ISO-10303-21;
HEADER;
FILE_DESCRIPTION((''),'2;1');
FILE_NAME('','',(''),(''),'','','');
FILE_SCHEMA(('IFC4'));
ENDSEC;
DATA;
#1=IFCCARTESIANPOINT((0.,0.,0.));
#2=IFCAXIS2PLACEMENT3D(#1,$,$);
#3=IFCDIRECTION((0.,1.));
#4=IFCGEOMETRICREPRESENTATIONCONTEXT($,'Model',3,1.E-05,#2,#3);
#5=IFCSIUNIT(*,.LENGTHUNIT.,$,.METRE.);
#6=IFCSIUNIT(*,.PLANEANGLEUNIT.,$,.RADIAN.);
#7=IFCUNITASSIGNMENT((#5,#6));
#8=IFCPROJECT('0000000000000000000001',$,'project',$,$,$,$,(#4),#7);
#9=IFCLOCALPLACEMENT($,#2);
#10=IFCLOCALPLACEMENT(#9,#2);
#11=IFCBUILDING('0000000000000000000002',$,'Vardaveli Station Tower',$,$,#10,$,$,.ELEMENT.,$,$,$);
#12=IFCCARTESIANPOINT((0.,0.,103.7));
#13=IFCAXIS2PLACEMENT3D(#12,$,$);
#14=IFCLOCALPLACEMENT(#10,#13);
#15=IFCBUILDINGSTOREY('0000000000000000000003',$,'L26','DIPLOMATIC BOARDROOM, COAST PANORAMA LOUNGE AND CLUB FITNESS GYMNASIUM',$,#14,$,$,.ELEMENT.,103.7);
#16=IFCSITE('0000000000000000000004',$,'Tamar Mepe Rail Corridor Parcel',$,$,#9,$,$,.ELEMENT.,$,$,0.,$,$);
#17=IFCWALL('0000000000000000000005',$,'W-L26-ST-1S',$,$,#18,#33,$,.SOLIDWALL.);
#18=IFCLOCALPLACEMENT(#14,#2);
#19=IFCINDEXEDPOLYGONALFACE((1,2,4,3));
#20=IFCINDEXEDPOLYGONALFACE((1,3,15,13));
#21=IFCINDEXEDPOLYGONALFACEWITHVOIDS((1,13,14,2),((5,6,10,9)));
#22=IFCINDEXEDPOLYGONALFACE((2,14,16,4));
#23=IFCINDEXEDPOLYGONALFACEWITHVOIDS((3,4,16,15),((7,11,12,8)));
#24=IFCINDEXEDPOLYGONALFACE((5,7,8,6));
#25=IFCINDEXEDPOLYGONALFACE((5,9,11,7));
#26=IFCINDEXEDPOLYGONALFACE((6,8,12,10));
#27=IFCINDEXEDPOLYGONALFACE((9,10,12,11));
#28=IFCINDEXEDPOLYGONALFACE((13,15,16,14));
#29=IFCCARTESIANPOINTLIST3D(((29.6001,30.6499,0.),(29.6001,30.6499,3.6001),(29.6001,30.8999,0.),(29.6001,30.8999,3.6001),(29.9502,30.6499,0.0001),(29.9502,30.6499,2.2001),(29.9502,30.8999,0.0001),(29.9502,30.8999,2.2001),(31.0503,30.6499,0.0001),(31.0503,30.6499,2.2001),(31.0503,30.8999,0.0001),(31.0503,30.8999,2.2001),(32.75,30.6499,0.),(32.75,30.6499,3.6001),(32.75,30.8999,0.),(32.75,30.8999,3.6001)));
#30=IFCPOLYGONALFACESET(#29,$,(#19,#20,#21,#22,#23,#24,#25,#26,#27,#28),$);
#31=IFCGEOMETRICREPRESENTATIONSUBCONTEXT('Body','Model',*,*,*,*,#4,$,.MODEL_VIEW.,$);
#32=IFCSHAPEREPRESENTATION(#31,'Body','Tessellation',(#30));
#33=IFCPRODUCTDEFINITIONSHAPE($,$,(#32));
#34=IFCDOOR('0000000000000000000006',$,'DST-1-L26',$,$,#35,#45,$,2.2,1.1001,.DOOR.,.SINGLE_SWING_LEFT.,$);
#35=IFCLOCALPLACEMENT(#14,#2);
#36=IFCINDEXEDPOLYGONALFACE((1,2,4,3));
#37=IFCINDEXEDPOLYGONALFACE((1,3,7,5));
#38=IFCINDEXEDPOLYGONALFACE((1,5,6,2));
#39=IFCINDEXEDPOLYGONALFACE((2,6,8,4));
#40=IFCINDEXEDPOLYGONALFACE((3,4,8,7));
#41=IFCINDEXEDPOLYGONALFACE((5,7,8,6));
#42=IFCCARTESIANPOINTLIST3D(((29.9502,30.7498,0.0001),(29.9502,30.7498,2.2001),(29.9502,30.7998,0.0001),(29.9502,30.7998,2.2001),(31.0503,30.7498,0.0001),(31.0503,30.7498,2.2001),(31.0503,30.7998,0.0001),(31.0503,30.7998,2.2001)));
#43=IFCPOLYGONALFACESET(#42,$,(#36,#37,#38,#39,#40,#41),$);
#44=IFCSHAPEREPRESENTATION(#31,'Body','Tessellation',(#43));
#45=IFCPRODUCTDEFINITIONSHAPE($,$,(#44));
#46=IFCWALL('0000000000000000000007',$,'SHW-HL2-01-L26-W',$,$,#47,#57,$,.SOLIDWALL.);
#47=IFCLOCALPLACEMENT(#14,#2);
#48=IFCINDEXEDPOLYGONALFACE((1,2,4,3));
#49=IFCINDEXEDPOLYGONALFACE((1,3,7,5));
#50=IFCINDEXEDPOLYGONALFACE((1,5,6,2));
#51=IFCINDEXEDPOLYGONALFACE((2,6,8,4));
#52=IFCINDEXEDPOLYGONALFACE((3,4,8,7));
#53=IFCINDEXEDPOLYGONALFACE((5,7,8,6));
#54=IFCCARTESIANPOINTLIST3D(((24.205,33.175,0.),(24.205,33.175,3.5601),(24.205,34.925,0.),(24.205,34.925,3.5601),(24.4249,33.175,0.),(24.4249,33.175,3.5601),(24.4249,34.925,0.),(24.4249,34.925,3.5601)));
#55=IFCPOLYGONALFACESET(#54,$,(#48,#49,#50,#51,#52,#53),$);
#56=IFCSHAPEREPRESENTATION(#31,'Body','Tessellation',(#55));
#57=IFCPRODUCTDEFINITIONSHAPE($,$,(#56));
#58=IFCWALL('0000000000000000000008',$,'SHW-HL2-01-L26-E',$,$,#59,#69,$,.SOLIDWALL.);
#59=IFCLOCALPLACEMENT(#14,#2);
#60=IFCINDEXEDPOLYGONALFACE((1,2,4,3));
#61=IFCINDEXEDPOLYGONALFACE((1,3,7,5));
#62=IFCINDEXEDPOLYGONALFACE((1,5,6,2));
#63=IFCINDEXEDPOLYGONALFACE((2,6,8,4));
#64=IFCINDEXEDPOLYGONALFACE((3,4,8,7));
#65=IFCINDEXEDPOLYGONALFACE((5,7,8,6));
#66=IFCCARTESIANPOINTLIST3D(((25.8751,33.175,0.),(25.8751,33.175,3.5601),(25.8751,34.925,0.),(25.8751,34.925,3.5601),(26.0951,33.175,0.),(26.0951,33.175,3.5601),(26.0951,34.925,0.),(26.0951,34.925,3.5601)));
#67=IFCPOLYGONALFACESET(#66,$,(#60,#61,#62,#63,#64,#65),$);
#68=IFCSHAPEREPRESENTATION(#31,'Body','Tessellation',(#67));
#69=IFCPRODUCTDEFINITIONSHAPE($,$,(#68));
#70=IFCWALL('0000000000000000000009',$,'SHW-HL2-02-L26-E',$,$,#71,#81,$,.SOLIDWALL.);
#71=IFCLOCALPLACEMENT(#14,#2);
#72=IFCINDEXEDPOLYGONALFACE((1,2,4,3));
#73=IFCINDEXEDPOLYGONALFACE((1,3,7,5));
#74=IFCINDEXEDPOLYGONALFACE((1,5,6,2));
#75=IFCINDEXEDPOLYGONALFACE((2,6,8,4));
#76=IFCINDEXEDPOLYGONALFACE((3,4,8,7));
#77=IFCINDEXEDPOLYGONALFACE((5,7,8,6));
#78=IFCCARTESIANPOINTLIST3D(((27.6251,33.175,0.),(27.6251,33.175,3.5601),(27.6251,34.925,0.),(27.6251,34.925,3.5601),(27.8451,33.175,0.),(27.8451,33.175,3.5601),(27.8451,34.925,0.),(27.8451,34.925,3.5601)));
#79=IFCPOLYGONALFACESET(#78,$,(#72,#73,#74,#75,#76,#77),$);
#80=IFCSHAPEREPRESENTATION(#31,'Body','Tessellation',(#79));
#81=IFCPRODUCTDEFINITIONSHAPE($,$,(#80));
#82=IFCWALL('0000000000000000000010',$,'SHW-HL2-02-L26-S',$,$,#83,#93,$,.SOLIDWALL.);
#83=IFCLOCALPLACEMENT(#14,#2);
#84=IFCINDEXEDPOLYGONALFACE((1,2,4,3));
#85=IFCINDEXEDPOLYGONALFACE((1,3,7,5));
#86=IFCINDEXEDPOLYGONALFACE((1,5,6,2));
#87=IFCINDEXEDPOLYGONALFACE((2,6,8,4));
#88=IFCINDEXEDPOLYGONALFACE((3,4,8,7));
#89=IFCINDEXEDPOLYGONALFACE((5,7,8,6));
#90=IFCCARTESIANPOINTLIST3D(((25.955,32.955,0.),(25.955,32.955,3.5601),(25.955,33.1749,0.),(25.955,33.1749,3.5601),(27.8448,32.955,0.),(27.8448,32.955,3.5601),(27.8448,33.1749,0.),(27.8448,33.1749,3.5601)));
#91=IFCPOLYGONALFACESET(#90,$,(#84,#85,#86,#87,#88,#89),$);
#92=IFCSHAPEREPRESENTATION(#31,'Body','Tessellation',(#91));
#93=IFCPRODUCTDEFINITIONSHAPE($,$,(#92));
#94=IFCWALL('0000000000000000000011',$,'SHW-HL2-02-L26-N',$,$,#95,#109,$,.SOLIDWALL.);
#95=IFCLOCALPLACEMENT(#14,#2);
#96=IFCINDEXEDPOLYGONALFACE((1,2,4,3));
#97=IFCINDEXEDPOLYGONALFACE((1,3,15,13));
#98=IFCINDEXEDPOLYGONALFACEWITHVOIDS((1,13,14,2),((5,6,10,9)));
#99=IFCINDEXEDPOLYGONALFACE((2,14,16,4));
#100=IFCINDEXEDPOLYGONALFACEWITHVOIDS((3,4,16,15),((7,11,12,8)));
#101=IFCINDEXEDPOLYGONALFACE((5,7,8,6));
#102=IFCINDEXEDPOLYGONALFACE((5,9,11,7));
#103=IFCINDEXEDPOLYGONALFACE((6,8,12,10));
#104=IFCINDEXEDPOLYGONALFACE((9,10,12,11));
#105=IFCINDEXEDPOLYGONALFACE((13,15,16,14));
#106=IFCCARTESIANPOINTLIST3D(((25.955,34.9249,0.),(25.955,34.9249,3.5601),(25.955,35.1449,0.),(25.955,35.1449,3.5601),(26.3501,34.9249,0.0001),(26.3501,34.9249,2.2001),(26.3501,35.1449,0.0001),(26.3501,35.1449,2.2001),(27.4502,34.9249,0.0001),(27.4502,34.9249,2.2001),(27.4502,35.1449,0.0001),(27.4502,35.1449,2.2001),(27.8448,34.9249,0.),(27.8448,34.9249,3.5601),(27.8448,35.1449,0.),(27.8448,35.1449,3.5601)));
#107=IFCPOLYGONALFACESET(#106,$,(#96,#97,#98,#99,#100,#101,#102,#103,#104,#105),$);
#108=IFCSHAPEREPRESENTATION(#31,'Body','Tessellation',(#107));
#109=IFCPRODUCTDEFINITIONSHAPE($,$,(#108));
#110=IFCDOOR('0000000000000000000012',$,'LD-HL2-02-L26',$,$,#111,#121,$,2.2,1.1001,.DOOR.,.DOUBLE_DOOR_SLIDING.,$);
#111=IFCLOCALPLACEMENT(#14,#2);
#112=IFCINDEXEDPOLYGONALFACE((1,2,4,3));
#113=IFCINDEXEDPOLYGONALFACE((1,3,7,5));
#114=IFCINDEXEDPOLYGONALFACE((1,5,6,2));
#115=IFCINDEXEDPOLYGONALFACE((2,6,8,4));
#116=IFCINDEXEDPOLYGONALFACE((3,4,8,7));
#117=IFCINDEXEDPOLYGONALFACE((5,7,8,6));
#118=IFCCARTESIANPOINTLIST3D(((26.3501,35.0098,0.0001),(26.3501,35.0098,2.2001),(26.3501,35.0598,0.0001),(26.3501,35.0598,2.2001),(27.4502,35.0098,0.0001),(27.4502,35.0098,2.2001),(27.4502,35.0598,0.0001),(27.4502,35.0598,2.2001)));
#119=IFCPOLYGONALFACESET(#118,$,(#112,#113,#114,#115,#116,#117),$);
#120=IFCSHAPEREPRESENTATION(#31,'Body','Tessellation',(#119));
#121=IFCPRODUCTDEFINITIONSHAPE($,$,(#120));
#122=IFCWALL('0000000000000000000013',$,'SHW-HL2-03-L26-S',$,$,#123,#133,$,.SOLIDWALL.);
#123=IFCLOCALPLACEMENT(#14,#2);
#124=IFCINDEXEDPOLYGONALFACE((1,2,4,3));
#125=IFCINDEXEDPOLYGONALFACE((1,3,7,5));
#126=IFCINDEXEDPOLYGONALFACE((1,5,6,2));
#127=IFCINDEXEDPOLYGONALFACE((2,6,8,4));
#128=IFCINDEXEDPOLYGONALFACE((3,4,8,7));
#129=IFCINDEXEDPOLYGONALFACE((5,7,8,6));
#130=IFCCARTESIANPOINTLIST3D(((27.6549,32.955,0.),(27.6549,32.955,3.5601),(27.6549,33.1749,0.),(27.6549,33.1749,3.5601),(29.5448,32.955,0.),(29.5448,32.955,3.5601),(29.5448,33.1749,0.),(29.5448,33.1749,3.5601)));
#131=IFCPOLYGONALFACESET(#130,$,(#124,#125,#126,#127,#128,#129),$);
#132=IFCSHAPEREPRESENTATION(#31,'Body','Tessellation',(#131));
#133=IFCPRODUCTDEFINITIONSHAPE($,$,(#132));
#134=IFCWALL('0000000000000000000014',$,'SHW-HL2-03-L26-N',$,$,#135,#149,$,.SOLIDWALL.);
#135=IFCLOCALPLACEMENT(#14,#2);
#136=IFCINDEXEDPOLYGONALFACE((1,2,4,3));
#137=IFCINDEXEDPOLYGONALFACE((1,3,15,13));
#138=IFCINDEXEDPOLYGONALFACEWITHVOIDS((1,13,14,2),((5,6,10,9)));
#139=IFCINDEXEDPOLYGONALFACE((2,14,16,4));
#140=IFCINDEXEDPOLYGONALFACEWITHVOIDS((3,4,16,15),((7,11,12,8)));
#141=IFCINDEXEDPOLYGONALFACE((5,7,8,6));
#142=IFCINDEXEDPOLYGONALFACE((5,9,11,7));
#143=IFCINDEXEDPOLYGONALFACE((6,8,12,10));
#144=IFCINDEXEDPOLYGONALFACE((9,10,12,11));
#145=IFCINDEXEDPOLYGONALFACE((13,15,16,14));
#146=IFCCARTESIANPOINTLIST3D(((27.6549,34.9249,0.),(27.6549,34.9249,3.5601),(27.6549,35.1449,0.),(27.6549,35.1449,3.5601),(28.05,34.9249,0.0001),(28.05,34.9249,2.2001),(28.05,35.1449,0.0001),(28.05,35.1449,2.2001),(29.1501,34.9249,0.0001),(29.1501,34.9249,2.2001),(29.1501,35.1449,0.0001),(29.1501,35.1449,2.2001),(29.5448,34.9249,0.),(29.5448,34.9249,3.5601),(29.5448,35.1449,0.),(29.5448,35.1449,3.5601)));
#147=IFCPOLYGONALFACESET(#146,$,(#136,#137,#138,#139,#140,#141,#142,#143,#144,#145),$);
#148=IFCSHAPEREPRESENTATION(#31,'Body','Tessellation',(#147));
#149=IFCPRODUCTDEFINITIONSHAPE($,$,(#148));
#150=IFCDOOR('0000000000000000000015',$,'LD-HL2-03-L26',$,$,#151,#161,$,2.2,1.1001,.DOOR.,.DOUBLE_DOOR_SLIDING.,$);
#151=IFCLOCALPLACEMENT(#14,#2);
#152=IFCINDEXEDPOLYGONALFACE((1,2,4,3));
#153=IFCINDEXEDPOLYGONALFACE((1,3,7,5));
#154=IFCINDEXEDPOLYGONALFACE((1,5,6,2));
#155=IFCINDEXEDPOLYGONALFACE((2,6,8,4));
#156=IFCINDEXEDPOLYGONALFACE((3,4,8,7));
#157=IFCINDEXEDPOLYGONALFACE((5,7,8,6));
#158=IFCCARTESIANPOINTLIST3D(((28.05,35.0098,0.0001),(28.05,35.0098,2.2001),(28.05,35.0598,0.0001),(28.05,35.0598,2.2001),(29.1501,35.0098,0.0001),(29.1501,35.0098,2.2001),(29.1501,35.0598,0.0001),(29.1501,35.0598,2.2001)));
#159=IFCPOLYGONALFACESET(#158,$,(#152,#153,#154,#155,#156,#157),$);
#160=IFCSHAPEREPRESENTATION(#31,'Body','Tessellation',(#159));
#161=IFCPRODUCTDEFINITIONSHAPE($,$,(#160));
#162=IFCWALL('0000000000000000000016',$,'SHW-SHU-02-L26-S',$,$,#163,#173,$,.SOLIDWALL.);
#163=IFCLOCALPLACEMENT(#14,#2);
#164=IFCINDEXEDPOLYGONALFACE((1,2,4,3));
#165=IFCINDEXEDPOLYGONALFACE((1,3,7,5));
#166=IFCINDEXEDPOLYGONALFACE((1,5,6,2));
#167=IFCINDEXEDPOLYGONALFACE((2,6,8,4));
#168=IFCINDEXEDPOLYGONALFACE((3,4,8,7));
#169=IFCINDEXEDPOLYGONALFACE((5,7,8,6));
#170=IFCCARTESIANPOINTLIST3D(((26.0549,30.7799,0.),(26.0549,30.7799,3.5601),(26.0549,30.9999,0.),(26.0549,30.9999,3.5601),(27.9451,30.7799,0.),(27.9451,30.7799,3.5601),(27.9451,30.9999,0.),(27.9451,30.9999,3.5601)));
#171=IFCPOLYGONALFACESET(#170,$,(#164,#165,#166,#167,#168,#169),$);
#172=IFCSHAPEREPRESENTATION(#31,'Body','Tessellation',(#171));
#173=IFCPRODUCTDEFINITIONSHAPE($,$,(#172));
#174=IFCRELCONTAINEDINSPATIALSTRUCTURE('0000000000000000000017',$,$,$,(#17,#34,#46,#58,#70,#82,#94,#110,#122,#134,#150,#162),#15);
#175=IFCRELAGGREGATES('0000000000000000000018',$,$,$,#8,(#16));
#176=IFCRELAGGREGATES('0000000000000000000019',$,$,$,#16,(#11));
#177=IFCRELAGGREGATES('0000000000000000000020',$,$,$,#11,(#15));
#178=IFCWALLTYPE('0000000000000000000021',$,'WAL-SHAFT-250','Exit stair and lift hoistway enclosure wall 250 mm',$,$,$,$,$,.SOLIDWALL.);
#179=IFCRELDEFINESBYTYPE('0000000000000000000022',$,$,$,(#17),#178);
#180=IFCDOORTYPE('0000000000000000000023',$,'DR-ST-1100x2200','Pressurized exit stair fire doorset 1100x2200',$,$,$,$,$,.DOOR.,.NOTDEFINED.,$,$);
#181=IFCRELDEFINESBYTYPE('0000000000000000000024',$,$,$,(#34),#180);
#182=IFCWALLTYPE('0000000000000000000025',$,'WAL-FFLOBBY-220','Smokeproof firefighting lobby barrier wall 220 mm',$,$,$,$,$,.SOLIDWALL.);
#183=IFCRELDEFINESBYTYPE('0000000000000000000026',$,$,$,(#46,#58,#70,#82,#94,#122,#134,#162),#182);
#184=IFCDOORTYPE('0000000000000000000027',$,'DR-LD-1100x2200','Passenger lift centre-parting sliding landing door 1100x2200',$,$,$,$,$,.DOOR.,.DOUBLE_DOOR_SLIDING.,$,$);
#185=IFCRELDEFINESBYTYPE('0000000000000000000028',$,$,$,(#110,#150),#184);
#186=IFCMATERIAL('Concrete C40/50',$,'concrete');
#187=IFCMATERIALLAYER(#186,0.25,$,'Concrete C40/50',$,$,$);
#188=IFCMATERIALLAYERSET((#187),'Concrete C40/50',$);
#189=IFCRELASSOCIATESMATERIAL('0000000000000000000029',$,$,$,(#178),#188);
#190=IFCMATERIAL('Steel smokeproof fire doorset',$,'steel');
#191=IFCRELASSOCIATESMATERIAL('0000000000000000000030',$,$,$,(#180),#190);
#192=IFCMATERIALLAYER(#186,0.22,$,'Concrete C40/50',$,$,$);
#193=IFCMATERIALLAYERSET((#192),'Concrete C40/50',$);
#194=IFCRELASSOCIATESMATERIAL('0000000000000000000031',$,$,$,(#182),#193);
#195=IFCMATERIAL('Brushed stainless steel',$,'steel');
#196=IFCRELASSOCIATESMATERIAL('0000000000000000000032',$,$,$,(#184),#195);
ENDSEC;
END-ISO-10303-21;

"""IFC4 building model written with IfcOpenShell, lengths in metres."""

from ifc_helpers import new_model, si_unit, direction, frame, frame_2d, origin, place, context, subcontext, project, spatial, rectangle, extrude, source, transform, mapped, material, layer, layer_set, type_object, element, fill, save


model = new_model("IFC4")

# Units and contexts
model_context = context("Model", 3, precision=1e-05, world=origin(), true_north=direction((0.0, 1.0)))
body_context = subcontext(model_context, "Body", "Model", "MODEL_VIEW")
ifc_project = project(units=[si_unit("LENGTHUNIT", "METRE"), si_unit("PLANEANGLEUNIT", "RADIAN")], contexts=[model_context])

# Site, building, storey
site_placement = place(None, origin())
site = spatial("IfcSite", under=ifc_project, at=site_placement, Name="Tamar Mepe Rail Corridor Parcel", CompositionType="ELEMENT", RefElevation=0.0)
building_placement = place(site_placement, origin())
building = spatial("IfcBuilding", under=site, at=building_placement, Name="Vardaveli Station Tower", CompositionType="ELEMENT")
storey_placement = place(building_placement, frame((0.0, 0.0, 103.7)))
storey = spatial("IfcBuildingStorey", under=building, at=storey_placement, Name="L26", Description="DIPLOMATIC BOARDROOM, COAST PANORAMA LOUNGE AND CLUB FITNESS GYMNASIUM", CompositionType="ELEMENT", Elevation=103.7)

# Shared definitions
ifc_material_1 = material(Name="Concrete C40/50", Category="concrete")
ifc_layer_1 = layer(ifc_material_1, 0.25, Name="Concrete C40/50")
ifc_layer_set_1 = layer_set([ifc_layer_1], Name="Concrete C40/50")
wall_type_1 = type_object("IfcWallType", Name="WAL-SHAFT-250", Description="Exit stair and lift hoistway enclosure wall 250 mm", PredefinedType="SOLIDWALL", material=ifc_layer_set_1)

# Wall, opening, door
shared_shape_1 = source(origin(), body_context, "Body", "SweptSolid", [
    extrude(rectangle(XDim=3.1499, YDim=0.25, at=frame_2d((1.575, 0.0))), origin(), (0.0, 0.0, 1.0), 3.6001),
])
wall_1_placement = place(storey_placement, frame((29.6001, 30.7749, 0.0), z_axis=(0.0, 0.0, 1.0), x_axis=(1.0, 0.0, 0.0)))
wall_1 = element("IfcWall", 1, at=wall_1_placement, inside=storey, type_object=wall_type_1, Name="W-L26-ST-1S", PredefinedType="SOLIDWALL", context=body_context, shape_type="MappedRepresentation", body=[
    mapped(shared_shape_1, transform((0.0, 0.0, 0.0), scale=1.0)),
])
shared_shape_2 = source(origin(), body_context, "Body", "SweptSolid", [
    extrude(rectangle(XDim=1.1001, YDim=2.2, at=frame_2d((0.55, 1.1001))), frame((0.0, 0.135, 0.0), z_axis=(0.0, -1.0, 0.0), x_axis=(1.0, 0.0, 0.0)), (0.0, 0.0, 1.0), 0.27),
])
opening_1_placement = place(wall_1_placement, frame((0.3501, 0.0, 0.0)))
opening_1 = element("IfcOpeningElement", 2, at=opening_1_placement, cuts=wall_1, PredefinedType="OPENING", context=body_context, shape_type="MappedRepresentation", body=[
    mapped(shared_shape_2, transform((0.0, 0.0, 0.0), scale=1.0)),
])
ifc_material_2 = material(Name="Steel smokeproof fire doorset", Category="steel")
door_type_1 = type_object("IfcDoorType", Name="DR-ST-1100x2200", Description="Pressurized exit stair fire doorset 1100x2200", OperationType="NOTDEFINED", PredefinedType="DOOR", material=ifc_material_2)
shared_shape_3 = source(origin(), body_context, "Body", "SweptSolid", [
    extrude(rectangle(XDim=1.1001, YDim=2.2, at=frame_2d((0.55, 1.1001))), frame((0.0, 0.0249, 0.0), z_axis=(0.0, -1.0, 0.0), x_axis=(1.0, 0.0, 0.0)), (0.0, 0.0, 1.0), 0.05),
])
door_1_placement = place(opening_1_placement, origin())
door_1 = element("IfcDoor", 3, at=door_1_placement, inside=storey, type_object=door_type_1, Name="DST-1-L26", OperationType="SINGLE_SWING_LEFT", OverallHeight=2.2, OverallWidth=1.1001, PredefinedType="DOOR", context=body_context, shape_type="MappedRepresentation", body=[
    mapped(shared_shape_3, transform((0.0, 0.0, 0.0), scale=1.0)),
])
fill(opening_1, door_1)

# Walls
ifc_layer_2 = layer(ifc_material_1, 0.22, Name="Concrete C40/50")
ifc_layer_set_2 = layer_set([ifc_layer_2], Name="Concrete C40/50")
wall_type_2 = type_object("IfcWallType", Name="WAL-FFLOBBY-220", Description="Smokeproof firefighting lobby barrier wall 220 mm", PredefinedType="SOLIDWALL", material=ifc_layer_set_2)
shared_shape_4 = source(origin(), body_context, "Body", "SweptSolid", [
    extrude(rectangle(XDim=1.75, YDim=0.22, at=frame_2d((0.875, 0.0))), origin(), (0.0, 0.0, 1.0), 3.5601),
])
for number, where, z_axis, x_axis, name in (
    (4, (24.3149, 33.175, 0.0), (0.0, 0.0, 1.0), (0.0, 1.0, 0.0), "SHW-HL2-01-L26-W"),
    (5, (25.9851, 33.175, 0.0), (0.0, 0.0, 1.0), (0.0, 1.0, 0.0), "SHW-HL2-01-L26-E"),
    (6, (27.7351, 33.175, 0.0), (0.0, 0.0, 1.0), (0.0, 1.0, 0.0), "SHW-HL2-02-L26-E"),
):
    element("IfcWall", number, at=place(storey_placement, frame(where, z_axis=z_axis, x_axis=x_axis)), inside=storey, type_object=wall_type_2, Name=name, PredefinedType="SOLIDWALL", context=body_context, shape_type="MappedRepresentation", body=[
        mapped(shared_shape_4, transform((0.0, 0.0, 0.0), scale=1.0)),
    ])
shared_shape_5 = source(origin(), body_context, "Body", "SweptSolid", [
    extrude(rectangle(XDim=1.8899, YDim=0.22, at=frame_2d((0.9448, 0.0))), origin(), (0.0, 0.0, 1.0), 3.5601),
])
wall_2_placement = place(storey_placement, frame((25.9551, 33.0649, 0.0), z_axis=(0.0, 0.0, 1.0), x_axis=(1.0, 0.0, 0.0)))
element("IfcWall", 7, at=wall_2_placement, inside=storey, type_object=wall_type_2, Name="SHW-HL2-02-L26-S", PredefinedType="SOLIDWALL", context=body_context, shape_type="MappedRepresentation", body=[
    mapped(shared_shape_5, transform((0.0, 0.0, 0.0), scale=1.0)),
])

# Wall, opening, door
wall_3_placement = place(storey_placement, frame((25.9551, 35.0349, 0.0), z_axis=(0.0, 0.0, 1.0), x_axis=(1.0, 0.0, 0.0)))
wall_3 = element("IfcWall", 8, at=wall_3_placement, inside=storey, type_object=wall_type_2, Name="SHW-HL2-02-L26-N", PredefinedType="SOLIDWALL", context=body_context, shape_type="MappedRepresentation", body=[
    mapped(shared_shape_5, transform((0.0, 0.0, 0.0), scale=1.0)),
])
shared_shape_6 = source(origin(), body_context, "Body", "SweptSolid", [
    extrude(rectangle(XDim=1.1001, YDim=2.2, at=frame_2d((0.55, 1.1001))), frame((0.0, 0.1201, 0.0), z_axis=(0.0, -1.0, 0.0), x_axis=(1.0, 0.0, 0.0)), (0.0, 0.0, 1.0), 0.24),
])
opening_2_placement = place(wall_3_placement, frame((0.395, 0.0, 0.0)))
opening_2 = element("IfcOpeningElement", 9, at=opening_2_placement, cuts=wall_3, PredefinedType="OPENING", context=body_context, shape_type="MappedRepresentation", body=[
    mapped(shared_shape_6, transform((0.0, 0.0, 0.0), scale=1.0)),
])
ifc_material_3 = material(Name="Brushed stainless steel", Category="steel")
door_type_2 = type_object("IfcDoorType", Name="DR-LD-1100x2200", Description="Passenger lift centre-parting sliding landing door 1100x2200", OperationType="DOUBLE_DOOR_SLIDING", PredefinedType="DOOR", material=ifc_material_3)
door_2_placement = place(opening_2_placement, origin())
door_2 = element("IfcDoor", 10, at=door_2_placement, inside=storey, type_object=door_type_2, Name="LD-HL2-02-L26", OperationType="DOUBLE_DOOR_SLIDING", OverallHeight=2.2, OverallWidth=1.1001, PredefinedType="DOOR", context=body_context, shape_type="MappedRepresentation", body=[
    mapped(shared_shape_3, transform((0.0, 0.0, 0.0), scale=1.0)),
])
fill(opening_2, door_2)

# Wall
wall_4_placement = place(storey_placement, frame((27.655, 33.0649, 0.0), z_axis=(0.0, 0.0, 1.0), x_axis=(1.0, 0.0, 0.0)))
element("IfcWall", 11, at=wall_4_placement, inside=storey, type_object=wall_type_2, Name="SHW-HL2-03-L26-S", PredefinedType="SOLIDWALL", context=body_context, shape_type="MappedRepresentation", body=[
    mapped(shared_shape_5, transform((0.0, 0.0, 0.0), scale=1.0)),
])

# Wall, opening, door
wall_5_placement = place(storey_placement, frame((27.655, 35.0349, 0.0), z_axis=(0.0, 0.0, 1.0), x_axis=(1.0, 0.0, 0.0)))
wall_5 = element("IfcWall", 12, at=wall_5_placement, inside=storey, type_object=wall_type_2, Name="SHW-HL2-03-L26-N", PredefinedType="SOLIDWALL", context=body_context, shape_type="MappedRepresentation", body=[
    mapped(shared_shape_5, transform((0.0, 0.0, 0.0), scale=1.0)),
])
opening_3_placement = place(wall_5_placement, frame((0.395, 0.0, 0.0)))
opening_3 = element("IfcOpeningElement", 13, at=opening_3_placement, cuts=wall_5, PredefinedType="OPENING", context=body_context, shape_type="MappedRepresentation", body=[
    mapped(shared_shape_6, transform((0.0, 0.0, 0.0), scale=1.0)),
])
door_3_placement = place(opening_3_placement, origin())
door_3 = element("IfcDoor", 14, at=door_3_placement, inside=storey, type_object=door_type_2, Name="LD-HL2-03-L26", OperationType="DOUBLE_DOOR_SLIDING", OverallHeight=2.2, OverallWidth=1.1001, PredefinedType="DOOR", context=body_context, shape_type="MappedRepresentation", body=[
    mapped(shared_shape_3, transform((0.0, 0.0, 0.0), scale=1.0)),
])
fill(opening_3, door_3)

# Wall
shared_shape_7 = source(origin(), body_context, "Body", "SweptSolid", [
    extrude(rectangle(XDim=1.8901, YDim=0.22, at=frame_2d((0.9451, 0.0))), origin(), (0.0, 0.0, 1.0), 3.5601),
])
wall_6_placement = place(storey_placement, frame((26.0549, 30.8899, 0.0), z_axis=(0.0, 0.0, 1.0), x_axis=(1.0, 0.0, 0.0)))
element("IfcWall", 15, at=wall_6_placement, inside=storey, type_object=wall_type_2, Name="SHW-SHU-02-L26-S", PredefinedType="SOLIDWALL", context=body_context, shape_type="MappedRepresentation", body=[
    mapped(shared_shape_7, transform((0.0, 0.0, 0.0), scale=1.0)),
])

save(model, "model.ifc")
